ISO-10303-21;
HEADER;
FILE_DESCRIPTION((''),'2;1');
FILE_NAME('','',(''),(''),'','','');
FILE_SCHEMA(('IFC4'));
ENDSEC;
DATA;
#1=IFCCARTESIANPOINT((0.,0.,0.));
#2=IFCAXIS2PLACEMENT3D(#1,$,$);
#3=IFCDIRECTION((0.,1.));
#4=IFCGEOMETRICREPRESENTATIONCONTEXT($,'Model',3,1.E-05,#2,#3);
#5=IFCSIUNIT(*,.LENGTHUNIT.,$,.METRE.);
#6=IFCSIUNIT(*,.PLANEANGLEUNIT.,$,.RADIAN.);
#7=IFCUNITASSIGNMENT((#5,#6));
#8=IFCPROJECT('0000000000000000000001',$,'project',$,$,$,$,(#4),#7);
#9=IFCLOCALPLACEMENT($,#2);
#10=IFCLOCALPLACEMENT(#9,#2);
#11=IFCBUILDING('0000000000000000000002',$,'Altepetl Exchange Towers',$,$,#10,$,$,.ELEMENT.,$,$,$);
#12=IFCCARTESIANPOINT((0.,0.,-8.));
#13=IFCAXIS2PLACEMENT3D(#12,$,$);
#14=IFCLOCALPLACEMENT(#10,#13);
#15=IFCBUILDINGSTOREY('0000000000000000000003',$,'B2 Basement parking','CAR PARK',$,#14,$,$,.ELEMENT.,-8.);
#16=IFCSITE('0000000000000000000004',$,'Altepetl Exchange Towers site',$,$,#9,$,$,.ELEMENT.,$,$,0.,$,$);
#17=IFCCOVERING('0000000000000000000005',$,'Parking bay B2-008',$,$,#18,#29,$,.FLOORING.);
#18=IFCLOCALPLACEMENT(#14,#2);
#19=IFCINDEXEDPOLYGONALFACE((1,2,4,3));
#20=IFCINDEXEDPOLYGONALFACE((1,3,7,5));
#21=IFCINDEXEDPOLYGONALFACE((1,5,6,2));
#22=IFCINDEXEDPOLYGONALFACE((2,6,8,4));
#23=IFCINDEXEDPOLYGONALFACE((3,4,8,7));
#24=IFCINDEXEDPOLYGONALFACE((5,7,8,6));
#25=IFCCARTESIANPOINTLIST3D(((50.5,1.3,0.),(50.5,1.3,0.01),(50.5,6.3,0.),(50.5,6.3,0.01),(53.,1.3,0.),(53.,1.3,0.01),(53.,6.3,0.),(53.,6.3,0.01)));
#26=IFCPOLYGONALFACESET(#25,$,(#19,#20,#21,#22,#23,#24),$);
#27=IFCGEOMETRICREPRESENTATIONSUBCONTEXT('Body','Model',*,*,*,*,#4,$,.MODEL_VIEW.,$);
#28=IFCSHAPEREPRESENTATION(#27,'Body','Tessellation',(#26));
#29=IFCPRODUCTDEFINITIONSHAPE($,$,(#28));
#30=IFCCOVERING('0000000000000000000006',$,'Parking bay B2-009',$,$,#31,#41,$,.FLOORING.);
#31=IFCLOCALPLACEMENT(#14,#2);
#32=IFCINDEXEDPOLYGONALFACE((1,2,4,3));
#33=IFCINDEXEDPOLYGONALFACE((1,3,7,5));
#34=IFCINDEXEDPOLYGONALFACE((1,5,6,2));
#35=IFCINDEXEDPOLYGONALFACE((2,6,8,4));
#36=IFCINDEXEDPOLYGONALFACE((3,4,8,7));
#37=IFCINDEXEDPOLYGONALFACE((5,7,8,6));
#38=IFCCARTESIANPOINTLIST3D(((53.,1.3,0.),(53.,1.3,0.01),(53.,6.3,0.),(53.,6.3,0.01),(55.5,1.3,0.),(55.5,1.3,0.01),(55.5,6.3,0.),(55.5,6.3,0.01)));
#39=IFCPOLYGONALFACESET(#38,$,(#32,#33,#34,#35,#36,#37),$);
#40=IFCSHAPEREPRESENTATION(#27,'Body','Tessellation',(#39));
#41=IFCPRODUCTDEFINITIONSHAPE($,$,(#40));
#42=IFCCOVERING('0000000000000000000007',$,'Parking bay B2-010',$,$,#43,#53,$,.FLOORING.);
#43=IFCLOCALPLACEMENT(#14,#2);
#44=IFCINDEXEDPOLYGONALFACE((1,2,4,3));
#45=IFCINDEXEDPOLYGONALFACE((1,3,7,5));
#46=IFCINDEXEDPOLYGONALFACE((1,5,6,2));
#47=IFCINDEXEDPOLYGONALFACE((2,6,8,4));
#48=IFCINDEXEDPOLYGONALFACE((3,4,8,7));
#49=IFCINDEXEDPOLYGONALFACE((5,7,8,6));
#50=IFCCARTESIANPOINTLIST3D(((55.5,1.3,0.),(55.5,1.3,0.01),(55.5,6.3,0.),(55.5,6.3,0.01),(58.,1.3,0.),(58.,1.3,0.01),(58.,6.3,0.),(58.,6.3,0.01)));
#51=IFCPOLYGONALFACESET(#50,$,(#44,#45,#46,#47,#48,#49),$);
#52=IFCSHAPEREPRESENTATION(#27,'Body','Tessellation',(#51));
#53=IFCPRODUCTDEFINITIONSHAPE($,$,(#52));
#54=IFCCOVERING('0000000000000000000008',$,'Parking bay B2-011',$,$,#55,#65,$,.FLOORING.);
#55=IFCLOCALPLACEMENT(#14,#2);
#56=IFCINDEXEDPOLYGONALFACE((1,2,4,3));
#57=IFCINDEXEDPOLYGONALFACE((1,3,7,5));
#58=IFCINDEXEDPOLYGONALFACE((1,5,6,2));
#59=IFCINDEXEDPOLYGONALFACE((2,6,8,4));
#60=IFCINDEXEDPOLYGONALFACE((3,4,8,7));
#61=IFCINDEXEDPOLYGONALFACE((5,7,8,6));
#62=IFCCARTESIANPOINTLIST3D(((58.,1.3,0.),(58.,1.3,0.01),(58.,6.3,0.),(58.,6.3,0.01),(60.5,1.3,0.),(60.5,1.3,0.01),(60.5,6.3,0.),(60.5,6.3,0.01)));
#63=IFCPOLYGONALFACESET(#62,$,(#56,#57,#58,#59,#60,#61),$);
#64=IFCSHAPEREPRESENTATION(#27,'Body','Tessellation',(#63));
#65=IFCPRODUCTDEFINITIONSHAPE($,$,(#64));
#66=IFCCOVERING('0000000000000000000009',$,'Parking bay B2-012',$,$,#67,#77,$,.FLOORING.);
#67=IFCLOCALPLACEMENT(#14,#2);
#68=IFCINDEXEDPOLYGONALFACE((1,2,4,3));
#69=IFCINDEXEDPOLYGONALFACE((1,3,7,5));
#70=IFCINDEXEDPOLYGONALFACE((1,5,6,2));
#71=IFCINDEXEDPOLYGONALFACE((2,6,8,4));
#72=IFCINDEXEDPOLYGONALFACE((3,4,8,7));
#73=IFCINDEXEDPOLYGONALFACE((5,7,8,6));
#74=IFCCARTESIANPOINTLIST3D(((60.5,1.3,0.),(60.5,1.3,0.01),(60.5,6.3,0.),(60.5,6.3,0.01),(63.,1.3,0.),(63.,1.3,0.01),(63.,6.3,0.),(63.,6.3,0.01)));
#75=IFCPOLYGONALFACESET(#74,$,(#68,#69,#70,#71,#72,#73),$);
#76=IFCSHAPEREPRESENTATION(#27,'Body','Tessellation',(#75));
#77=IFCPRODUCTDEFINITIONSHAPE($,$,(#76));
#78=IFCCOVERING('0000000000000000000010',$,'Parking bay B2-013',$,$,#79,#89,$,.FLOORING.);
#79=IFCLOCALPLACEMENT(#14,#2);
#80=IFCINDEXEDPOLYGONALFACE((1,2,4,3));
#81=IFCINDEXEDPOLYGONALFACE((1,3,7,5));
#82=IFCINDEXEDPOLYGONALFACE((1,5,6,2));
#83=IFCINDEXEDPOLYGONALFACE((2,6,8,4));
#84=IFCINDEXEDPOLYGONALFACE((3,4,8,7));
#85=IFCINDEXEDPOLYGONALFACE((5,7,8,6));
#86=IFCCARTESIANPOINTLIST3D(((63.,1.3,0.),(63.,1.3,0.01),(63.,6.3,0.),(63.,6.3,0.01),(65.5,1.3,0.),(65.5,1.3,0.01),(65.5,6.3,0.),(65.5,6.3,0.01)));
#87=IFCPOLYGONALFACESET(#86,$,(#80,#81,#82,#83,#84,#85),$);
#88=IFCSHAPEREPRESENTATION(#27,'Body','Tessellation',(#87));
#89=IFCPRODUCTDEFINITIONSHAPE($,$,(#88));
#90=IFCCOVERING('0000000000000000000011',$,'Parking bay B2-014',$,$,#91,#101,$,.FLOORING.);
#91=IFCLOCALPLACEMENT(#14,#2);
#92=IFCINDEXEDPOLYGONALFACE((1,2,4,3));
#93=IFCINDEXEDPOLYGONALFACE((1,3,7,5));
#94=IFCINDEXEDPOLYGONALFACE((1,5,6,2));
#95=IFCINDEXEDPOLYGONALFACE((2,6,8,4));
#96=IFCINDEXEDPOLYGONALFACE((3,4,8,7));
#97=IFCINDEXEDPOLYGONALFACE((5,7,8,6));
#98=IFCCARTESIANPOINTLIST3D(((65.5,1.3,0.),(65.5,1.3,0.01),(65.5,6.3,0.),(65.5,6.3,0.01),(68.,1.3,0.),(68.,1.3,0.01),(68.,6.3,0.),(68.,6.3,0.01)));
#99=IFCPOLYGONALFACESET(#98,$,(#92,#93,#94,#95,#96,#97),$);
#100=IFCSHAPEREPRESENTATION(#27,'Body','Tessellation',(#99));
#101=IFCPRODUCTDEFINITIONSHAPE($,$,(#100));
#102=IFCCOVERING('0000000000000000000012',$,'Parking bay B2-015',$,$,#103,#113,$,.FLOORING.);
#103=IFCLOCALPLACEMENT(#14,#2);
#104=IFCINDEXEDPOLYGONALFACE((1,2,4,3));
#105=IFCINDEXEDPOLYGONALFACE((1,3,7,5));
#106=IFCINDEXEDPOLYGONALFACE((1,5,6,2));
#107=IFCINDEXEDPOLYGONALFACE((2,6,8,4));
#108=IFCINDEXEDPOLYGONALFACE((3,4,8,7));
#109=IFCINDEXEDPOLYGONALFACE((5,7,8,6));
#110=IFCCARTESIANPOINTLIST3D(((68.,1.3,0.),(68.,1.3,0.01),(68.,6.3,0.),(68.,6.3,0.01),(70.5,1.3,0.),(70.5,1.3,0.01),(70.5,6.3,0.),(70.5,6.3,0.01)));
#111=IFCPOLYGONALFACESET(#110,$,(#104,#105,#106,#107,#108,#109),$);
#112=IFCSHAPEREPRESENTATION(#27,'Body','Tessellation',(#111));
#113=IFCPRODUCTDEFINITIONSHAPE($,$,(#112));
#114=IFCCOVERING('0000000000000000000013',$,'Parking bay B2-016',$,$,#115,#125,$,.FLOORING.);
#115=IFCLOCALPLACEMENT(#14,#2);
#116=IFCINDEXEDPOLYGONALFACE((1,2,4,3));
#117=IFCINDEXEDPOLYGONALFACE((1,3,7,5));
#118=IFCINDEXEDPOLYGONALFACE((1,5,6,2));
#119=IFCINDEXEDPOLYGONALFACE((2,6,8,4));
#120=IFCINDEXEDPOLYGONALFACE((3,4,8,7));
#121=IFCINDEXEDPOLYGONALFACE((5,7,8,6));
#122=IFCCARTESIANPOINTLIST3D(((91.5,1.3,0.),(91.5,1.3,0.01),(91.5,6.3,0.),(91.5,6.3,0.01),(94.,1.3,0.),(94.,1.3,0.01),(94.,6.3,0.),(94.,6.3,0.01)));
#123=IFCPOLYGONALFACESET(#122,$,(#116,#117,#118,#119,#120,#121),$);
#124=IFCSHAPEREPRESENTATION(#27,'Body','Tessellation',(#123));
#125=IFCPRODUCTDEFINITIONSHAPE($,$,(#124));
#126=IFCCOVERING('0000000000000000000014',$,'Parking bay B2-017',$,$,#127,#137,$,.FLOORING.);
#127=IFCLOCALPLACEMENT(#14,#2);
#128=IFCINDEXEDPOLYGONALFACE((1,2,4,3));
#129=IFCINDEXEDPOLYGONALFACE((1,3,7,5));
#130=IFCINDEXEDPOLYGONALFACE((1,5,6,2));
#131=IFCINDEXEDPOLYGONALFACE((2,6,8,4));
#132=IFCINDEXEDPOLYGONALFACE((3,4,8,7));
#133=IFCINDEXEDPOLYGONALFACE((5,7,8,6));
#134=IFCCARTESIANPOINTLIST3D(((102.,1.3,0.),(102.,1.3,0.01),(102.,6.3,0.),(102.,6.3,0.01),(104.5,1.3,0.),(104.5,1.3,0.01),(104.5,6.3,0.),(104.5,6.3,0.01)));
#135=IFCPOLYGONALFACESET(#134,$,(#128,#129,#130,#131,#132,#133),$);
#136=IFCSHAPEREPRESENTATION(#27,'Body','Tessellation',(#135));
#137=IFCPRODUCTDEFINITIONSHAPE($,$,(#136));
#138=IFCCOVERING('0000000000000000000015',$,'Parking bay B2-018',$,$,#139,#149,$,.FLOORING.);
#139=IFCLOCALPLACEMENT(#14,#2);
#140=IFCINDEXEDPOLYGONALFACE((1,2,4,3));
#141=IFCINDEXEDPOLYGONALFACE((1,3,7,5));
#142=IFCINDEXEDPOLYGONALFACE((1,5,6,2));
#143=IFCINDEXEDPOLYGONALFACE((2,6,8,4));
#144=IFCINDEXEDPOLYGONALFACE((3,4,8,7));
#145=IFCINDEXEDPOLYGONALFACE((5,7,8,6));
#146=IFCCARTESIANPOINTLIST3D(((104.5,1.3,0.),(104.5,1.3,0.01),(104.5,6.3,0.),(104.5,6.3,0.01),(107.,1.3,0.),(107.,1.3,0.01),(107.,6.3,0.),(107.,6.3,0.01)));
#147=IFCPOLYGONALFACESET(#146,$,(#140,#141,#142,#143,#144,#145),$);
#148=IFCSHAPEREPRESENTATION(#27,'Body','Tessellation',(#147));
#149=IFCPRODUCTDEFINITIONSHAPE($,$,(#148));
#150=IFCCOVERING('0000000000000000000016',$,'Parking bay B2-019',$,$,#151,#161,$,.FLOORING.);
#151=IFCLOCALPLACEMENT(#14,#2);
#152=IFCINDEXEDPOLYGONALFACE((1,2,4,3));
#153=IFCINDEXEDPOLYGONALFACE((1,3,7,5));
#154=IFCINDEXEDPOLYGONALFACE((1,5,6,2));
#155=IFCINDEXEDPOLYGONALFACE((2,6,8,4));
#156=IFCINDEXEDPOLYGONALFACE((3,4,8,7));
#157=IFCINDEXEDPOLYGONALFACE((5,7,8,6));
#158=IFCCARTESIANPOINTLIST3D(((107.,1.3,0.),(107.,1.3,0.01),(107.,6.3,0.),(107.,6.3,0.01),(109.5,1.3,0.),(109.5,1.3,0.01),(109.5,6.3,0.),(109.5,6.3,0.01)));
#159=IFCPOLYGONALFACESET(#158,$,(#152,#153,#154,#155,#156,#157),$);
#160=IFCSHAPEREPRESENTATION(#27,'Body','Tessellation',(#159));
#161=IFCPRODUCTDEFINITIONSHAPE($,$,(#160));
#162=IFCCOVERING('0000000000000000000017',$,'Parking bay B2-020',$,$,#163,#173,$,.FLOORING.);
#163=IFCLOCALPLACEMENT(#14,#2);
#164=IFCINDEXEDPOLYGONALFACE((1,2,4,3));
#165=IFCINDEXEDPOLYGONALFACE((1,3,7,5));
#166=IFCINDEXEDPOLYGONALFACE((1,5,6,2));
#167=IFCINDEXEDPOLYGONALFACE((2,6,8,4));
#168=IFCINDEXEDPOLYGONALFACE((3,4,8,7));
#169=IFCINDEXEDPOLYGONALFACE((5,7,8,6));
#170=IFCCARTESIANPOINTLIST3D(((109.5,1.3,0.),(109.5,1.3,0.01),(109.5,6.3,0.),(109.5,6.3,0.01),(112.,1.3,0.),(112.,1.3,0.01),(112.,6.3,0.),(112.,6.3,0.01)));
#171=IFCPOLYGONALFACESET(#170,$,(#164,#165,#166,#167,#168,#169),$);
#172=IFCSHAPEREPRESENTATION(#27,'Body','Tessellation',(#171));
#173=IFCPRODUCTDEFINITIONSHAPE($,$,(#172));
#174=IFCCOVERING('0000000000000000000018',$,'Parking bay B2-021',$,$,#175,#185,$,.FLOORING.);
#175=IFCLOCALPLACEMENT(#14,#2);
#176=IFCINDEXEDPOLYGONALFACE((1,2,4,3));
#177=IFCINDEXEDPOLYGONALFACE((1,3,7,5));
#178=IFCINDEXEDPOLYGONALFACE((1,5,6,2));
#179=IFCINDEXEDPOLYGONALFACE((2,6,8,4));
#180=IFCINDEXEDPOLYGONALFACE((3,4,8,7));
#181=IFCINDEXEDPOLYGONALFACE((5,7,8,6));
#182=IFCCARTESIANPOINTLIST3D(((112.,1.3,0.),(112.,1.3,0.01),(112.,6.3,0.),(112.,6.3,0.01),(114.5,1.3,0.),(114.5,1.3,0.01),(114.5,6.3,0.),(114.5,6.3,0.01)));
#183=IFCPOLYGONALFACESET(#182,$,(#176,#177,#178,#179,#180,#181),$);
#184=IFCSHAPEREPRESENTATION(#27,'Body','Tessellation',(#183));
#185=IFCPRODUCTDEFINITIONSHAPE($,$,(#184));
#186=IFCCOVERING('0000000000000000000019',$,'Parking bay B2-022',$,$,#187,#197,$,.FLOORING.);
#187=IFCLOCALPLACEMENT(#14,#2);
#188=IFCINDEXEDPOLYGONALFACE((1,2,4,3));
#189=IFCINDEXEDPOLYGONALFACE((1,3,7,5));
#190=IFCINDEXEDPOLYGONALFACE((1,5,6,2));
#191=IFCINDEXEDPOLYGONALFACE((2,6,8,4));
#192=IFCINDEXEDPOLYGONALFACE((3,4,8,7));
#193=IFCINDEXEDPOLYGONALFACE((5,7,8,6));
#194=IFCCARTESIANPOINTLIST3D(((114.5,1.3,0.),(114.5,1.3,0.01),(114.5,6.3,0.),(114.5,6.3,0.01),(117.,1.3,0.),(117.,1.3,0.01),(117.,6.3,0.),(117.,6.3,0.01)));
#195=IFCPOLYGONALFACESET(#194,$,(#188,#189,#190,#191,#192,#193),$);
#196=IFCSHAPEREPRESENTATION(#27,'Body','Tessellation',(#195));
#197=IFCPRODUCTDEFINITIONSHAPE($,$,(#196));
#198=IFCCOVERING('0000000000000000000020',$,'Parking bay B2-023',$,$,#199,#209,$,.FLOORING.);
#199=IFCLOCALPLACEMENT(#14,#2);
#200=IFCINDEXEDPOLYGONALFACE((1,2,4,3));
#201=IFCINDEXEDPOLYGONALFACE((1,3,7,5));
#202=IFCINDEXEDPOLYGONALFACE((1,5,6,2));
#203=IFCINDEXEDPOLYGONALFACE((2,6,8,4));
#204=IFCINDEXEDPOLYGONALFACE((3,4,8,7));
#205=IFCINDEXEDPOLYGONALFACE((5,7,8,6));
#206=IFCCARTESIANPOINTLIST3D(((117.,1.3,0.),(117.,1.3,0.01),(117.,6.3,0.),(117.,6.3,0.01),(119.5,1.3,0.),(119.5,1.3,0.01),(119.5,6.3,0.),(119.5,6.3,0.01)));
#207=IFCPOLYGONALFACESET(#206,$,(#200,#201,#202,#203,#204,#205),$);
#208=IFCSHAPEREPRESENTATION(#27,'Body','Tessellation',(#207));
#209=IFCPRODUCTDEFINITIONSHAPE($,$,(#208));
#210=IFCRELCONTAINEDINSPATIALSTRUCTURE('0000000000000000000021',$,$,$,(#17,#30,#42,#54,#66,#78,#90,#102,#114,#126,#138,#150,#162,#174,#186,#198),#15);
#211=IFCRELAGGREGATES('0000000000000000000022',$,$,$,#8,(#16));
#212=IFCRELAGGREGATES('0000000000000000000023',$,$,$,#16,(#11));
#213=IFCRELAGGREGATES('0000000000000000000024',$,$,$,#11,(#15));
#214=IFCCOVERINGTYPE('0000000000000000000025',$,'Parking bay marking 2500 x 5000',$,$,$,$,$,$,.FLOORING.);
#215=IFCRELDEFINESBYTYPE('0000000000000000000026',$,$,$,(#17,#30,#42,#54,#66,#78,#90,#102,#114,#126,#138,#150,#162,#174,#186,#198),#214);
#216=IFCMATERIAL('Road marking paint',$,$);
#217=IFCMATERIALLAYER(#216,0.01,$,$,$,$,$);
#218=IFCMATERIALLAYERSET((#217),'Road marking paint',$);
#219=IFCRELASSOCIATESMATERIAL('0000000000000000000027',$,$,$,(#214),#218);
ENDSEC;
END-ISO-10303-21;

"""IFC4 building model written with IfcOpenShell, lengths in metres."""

from ifc_helpers import new_model, si_unit, direction, frame, origin, place, context, subcontext, project, spatial, polyline, outline, extrude, material, layer, layer_set, type_object, element, save


model = new_model("IFC4")

# Units and contexts
model_context = context("Model", 3, precision=1e-05, world=origin(), true_north=direction((0.0, 1.0)))
body_context = subcontext(model_context, "Body", "Model", "MODEL_VIEW")
ifc_project = project(units=[si_unit("LENGTHUNIT", "METRE"), si_unit("PLANEANGLEUNIT", "RADIAN")], contexts=[model_context])

# Site, building, storey
site_placement = place(None, origin())
site = spatial("IfcSite", under=ifc_project, at=site_placement, Name="Altepetl Exchange Towers site", CompositionType="ELEMENT", RefElevation=0.0)
building_placement = place(site_placement, origin())
building = spatial("IfcBuilding", under=site, at=building_placement, Name="Altepetl Exchange Towers", CompositionType="ELEMENT")
storey_placement = place(building_placement, frame((0.0, 0.0, -8.0)))
storey = spatial("IfcBuildingStorey", under=building, at=storey_placement, Name="B2 Basement parking", Description="CAR PARK", CompositionType="ELEMENT", Elevation=-8.0)

# Coverings
ifc_material = material(Name="Road marking paint")
ifc_layer = layer(ifc_material, 0.01)
ifc_layer_set = layer_set([ifc_layer], Name="Road marking paint")
covering_type = type_object("IfcCoveringType", Name="Parking bay marking 2500 x 5000", PredefinedType="FLOORING", material=ifc_layer_set)
covering_1_placement = place(storey_placement, origin())
element("IfcCovering", 1, at=covering_1_placement, inside=storey, type_object=covering_type, Name="Parking bay B2-008", PredefinedType="FLOORING", context=body_context, shape_type="SweptSolid", body=[
    extrude(outline(polyline([(50.5, 1.3), (53.0, 1.3), (53.0, 6.3), (50.5, 6.3), (50.5, 1.3)])), origin(), (0.0, 0.0, 1.0), 0.01),
])
covering_2_placement = place(storey_placement, origin())
element("IfcCovering", 2, at=covering_2_placement, inside=storey, type_object=covering_type, Name="Parking bay B2-009", PredefinedType="FLOORING", context=body_context, shape_type="SweptSolid", body=[
    extrude(outline(polyline([(53.0, 1.3), (55.5, 1.3), (55.5, 6.3), (53.0, 6.3), (53.0, 1.3)])), origin(), (0.0, 0.0, 1.0), 0.01),
])
covering_3_placement = place(storey_placement, origin())
element("IfcCovering", 3, at=covering_3_placement, inside=storey, type_object=covering_type, Name="Parking bay B2-010", PredefinedType="FLOORING", context=body_context, shape_type="SweptSolid", body=[
    extrude(outline(polyline([(55.5, 1.3), (58.0, 1.3), (58.0, 6.3), (55.5, 6.3), (55.5, 1.3)])), origin(), (0.0, 0.0, 1.0), 0.01),
])
covering_4_placement = place(storey_placement, origin())
element("IfcCovering", 4, at=covering_4_placement, inside=storey, type_object=covering_type, Name="Parking bay B2-011", PredefinedType="FLOORING", context=body_context, shape_type="SweptSolid", body=[
    extrude(outline(polyline([(58.0, 1.3), (60.5, 1.3), (60.5, 6.3), (58.0, 6.3), (58.0, 1.3)])), origin(), (0.0, 0.0, 1.0), 0.01),
])
covering_5_placement = place(storey_placement, origin())
element("IfcCovering", 5, at=covering_5_placement, inside=storey, type_object=covering_type, Name="Parking bay B2-012", PredefinedType="FLOORING", context=body_context, shape_type="SweptSolid", body=[
    extrude(outline(polyline([(60.5, 1.3), (63.0, 1.3), (63.0, 6.3), (60.5, 6.3), (60.5, 1.3)])), origin(), (0.0, 0.0, 1.0), 0.01),
])
covering_6_placement = place(storey_placement, origin())
element("IfcCovering", 6, at=covering_6_placement, inside=storey, type_object=covering_type, Name="Parking bay B2-013", PredefinedType="FLOORING", context=body_context, shape_type="SweptSolid", body=[
    extrude(outline(polyline([(63.0, 1.3), (65.5, 1.3), (65.5, 6.3), (63.0, 6.3), (63.0, 1.3)])), origin(), (0.0, 0.0, 1.0), 0.01),
])
covering_7_placement = place(storey_placement, origin())
element("IfcCovering", 7, at=covering_7_placement, inside=storey, type_object=covering_type, Name="Parking bay B2-014", PredefinedType="FLOORING", context=body_context, shape_type="SweptSolid", body=[
    extrude(outline(polyline([(65.5, 1.3), (68.0, 1.3), (68.0, 6.3), (65.5, 6.3), (65.5, 1.3)])), origin(), (0.0, 0.0, 1.0), 0.01),
])
covering_8_placement = place(storey_placement, origin())
element("IfcCovering", 8, at=covering_8_placement, inside=storey, type_object=covering_type, Name="Parking bay B2-015", PredefinedType="FLOORING", context=body_context, shape_type="SweptSolid", body=[
    extrude(outline(polyline([(68.0, 1.3), (70.5, 1.3), (70.5, 6.3), (68.0, 6.3), (68.0, 1.3)])), origin(), (0.0, 0.0, 1.0), 0.01),
])
covering_9_placement = place(storey_placement, origin())
element("IfcCovering", 9, at=covering_9_placement, inside=storey, type_object=covering_type, Name="Parking bay B2-016", PredefinedType="FLOORING", context=body_context, shape_type="SweptSolid", body=[
    extrude(outline(polyline([(91.5, 1.3), (94.0, 1.3), (94.0, 6.3), (91.5, 6.3), (91.5, 1.3)])), origin(), (0.0, 0.0, 1.0), 0.01),
])
covering_10_placement = place(storey_placement, origin())
element("IfcCovering", 10, at=covering_10_placement, inside=storey, type_object=covering_type, Name="Parking bay B2-017", PredefinedType="FLOORING", context=body_context, shape_type="SweptSolid", body=[
    extrude(outline(polyline([(102.0, 1.3), (104.5, 1.3), (104.5, 6.3), (102.0, 6.3), (102.0, 1.3)])), origin(), (0.0, 0.0, 1.0), 0.01),
])
covering_11_placement = place(storey_placement, origin())
element("IfcCovering", 11, at=covering_11_placement, inside=storey, type_object=covering_type, Name="Parking bay B2-018", PredefinedType="FLOORING", context=body_context, shape_type="SweptSolid", body=[
    extrude(outline(polyline([(104.5, 1.3), (107.0, 1.3), (107.0, 6.3), (104.5, 6.3), (104.5, 1.3)])), origin(), (0.0, 0.0, 1.0), 0.01),
])
covering_12_placement = place(storey_placement, origin())
element("IfcCovering", 12, at=covering_12_placement, inside=storey, type_object=covering_type, Name="Parking bay B2-019", PredefinedType="FLOORING", context=body_context, shape_type="SweptSolid", body=[
    extrude(outline(polyline([(107.0, 1.3), (109.5, 1.3), (109.5, 6.3), (107.0, 6.3), (107.0, 1.3)])), origin(), (0.0, 0.0, 1.0), 0.01),
])
covering_13_placement = place(storey_placement, origin())
element("IfcCovering", 13, at=covering_13_placement, inside=storey, type_object=covering_type, Name="Parking bay B2-020", PredefinedType="FLOORING", context=body_context, shape_type="SweptSolid", body=[
    extrude(outline(polyline([(109.5, 1.3), (112.0, 1.3), (112.0, 6.3), (109.5, 6.3), (109.5, 1.3)])), origin(), (0.0, 0.0, 1.0), 0.01),
])
covering_14_placement = place(storey_placement, origin())
element("IfcCovering", 14, at=covering_14_placement, inside=storey, type_object=covering_type, Name="Parking bay B2-021", PredefinedType="FLOORING", context=body_context, shape_type="SweptSolid", body=[
    extrude(outline(polyline([(112.0, 1.3), (114.5, 1.3), (114.5, 6.3), (112.0, 6.3), (112.0, 1.3)])), origin(), (0.0, 0.0, 1.0), 0.01),
])
covering_15_placement = place(storey_placement, origin())
element("IfcCovering", 15, at=covering_15_placement, inside=storey, type_object=covering_type, Name="Parking bay B2-022", PredefinedType="FLOORING", context=body_context, shape_type="SweptSolid", body=[
    extrude(outline(polyline([(114.5, 1.3), (117.0, 1.3), (117.0, 6.3), (114.5, 6.3), (114.5, 1.3)])), origin(), (0.0, 0.0, 1.0), 0.01),
])
covering_16_placement = place(storey_placement, origin())
element("IfcCovering", 16, at=covering_16_placement, inside=storey, type_object=covering_type, Name="Parking bay B2-023", PredefinedType="FLOORING", context=body_context, shape_type="SweptSolid", body=[
    extrude(outline(polyline([(117.0, 1.3), (119.5, 1.3), (119.5, 6.3), (117.0, 6.3), (117.0, 1.3)])), origin(), (0.0, 0.0, 1.0), 0.01),
])

save(model, "model.ifc")
